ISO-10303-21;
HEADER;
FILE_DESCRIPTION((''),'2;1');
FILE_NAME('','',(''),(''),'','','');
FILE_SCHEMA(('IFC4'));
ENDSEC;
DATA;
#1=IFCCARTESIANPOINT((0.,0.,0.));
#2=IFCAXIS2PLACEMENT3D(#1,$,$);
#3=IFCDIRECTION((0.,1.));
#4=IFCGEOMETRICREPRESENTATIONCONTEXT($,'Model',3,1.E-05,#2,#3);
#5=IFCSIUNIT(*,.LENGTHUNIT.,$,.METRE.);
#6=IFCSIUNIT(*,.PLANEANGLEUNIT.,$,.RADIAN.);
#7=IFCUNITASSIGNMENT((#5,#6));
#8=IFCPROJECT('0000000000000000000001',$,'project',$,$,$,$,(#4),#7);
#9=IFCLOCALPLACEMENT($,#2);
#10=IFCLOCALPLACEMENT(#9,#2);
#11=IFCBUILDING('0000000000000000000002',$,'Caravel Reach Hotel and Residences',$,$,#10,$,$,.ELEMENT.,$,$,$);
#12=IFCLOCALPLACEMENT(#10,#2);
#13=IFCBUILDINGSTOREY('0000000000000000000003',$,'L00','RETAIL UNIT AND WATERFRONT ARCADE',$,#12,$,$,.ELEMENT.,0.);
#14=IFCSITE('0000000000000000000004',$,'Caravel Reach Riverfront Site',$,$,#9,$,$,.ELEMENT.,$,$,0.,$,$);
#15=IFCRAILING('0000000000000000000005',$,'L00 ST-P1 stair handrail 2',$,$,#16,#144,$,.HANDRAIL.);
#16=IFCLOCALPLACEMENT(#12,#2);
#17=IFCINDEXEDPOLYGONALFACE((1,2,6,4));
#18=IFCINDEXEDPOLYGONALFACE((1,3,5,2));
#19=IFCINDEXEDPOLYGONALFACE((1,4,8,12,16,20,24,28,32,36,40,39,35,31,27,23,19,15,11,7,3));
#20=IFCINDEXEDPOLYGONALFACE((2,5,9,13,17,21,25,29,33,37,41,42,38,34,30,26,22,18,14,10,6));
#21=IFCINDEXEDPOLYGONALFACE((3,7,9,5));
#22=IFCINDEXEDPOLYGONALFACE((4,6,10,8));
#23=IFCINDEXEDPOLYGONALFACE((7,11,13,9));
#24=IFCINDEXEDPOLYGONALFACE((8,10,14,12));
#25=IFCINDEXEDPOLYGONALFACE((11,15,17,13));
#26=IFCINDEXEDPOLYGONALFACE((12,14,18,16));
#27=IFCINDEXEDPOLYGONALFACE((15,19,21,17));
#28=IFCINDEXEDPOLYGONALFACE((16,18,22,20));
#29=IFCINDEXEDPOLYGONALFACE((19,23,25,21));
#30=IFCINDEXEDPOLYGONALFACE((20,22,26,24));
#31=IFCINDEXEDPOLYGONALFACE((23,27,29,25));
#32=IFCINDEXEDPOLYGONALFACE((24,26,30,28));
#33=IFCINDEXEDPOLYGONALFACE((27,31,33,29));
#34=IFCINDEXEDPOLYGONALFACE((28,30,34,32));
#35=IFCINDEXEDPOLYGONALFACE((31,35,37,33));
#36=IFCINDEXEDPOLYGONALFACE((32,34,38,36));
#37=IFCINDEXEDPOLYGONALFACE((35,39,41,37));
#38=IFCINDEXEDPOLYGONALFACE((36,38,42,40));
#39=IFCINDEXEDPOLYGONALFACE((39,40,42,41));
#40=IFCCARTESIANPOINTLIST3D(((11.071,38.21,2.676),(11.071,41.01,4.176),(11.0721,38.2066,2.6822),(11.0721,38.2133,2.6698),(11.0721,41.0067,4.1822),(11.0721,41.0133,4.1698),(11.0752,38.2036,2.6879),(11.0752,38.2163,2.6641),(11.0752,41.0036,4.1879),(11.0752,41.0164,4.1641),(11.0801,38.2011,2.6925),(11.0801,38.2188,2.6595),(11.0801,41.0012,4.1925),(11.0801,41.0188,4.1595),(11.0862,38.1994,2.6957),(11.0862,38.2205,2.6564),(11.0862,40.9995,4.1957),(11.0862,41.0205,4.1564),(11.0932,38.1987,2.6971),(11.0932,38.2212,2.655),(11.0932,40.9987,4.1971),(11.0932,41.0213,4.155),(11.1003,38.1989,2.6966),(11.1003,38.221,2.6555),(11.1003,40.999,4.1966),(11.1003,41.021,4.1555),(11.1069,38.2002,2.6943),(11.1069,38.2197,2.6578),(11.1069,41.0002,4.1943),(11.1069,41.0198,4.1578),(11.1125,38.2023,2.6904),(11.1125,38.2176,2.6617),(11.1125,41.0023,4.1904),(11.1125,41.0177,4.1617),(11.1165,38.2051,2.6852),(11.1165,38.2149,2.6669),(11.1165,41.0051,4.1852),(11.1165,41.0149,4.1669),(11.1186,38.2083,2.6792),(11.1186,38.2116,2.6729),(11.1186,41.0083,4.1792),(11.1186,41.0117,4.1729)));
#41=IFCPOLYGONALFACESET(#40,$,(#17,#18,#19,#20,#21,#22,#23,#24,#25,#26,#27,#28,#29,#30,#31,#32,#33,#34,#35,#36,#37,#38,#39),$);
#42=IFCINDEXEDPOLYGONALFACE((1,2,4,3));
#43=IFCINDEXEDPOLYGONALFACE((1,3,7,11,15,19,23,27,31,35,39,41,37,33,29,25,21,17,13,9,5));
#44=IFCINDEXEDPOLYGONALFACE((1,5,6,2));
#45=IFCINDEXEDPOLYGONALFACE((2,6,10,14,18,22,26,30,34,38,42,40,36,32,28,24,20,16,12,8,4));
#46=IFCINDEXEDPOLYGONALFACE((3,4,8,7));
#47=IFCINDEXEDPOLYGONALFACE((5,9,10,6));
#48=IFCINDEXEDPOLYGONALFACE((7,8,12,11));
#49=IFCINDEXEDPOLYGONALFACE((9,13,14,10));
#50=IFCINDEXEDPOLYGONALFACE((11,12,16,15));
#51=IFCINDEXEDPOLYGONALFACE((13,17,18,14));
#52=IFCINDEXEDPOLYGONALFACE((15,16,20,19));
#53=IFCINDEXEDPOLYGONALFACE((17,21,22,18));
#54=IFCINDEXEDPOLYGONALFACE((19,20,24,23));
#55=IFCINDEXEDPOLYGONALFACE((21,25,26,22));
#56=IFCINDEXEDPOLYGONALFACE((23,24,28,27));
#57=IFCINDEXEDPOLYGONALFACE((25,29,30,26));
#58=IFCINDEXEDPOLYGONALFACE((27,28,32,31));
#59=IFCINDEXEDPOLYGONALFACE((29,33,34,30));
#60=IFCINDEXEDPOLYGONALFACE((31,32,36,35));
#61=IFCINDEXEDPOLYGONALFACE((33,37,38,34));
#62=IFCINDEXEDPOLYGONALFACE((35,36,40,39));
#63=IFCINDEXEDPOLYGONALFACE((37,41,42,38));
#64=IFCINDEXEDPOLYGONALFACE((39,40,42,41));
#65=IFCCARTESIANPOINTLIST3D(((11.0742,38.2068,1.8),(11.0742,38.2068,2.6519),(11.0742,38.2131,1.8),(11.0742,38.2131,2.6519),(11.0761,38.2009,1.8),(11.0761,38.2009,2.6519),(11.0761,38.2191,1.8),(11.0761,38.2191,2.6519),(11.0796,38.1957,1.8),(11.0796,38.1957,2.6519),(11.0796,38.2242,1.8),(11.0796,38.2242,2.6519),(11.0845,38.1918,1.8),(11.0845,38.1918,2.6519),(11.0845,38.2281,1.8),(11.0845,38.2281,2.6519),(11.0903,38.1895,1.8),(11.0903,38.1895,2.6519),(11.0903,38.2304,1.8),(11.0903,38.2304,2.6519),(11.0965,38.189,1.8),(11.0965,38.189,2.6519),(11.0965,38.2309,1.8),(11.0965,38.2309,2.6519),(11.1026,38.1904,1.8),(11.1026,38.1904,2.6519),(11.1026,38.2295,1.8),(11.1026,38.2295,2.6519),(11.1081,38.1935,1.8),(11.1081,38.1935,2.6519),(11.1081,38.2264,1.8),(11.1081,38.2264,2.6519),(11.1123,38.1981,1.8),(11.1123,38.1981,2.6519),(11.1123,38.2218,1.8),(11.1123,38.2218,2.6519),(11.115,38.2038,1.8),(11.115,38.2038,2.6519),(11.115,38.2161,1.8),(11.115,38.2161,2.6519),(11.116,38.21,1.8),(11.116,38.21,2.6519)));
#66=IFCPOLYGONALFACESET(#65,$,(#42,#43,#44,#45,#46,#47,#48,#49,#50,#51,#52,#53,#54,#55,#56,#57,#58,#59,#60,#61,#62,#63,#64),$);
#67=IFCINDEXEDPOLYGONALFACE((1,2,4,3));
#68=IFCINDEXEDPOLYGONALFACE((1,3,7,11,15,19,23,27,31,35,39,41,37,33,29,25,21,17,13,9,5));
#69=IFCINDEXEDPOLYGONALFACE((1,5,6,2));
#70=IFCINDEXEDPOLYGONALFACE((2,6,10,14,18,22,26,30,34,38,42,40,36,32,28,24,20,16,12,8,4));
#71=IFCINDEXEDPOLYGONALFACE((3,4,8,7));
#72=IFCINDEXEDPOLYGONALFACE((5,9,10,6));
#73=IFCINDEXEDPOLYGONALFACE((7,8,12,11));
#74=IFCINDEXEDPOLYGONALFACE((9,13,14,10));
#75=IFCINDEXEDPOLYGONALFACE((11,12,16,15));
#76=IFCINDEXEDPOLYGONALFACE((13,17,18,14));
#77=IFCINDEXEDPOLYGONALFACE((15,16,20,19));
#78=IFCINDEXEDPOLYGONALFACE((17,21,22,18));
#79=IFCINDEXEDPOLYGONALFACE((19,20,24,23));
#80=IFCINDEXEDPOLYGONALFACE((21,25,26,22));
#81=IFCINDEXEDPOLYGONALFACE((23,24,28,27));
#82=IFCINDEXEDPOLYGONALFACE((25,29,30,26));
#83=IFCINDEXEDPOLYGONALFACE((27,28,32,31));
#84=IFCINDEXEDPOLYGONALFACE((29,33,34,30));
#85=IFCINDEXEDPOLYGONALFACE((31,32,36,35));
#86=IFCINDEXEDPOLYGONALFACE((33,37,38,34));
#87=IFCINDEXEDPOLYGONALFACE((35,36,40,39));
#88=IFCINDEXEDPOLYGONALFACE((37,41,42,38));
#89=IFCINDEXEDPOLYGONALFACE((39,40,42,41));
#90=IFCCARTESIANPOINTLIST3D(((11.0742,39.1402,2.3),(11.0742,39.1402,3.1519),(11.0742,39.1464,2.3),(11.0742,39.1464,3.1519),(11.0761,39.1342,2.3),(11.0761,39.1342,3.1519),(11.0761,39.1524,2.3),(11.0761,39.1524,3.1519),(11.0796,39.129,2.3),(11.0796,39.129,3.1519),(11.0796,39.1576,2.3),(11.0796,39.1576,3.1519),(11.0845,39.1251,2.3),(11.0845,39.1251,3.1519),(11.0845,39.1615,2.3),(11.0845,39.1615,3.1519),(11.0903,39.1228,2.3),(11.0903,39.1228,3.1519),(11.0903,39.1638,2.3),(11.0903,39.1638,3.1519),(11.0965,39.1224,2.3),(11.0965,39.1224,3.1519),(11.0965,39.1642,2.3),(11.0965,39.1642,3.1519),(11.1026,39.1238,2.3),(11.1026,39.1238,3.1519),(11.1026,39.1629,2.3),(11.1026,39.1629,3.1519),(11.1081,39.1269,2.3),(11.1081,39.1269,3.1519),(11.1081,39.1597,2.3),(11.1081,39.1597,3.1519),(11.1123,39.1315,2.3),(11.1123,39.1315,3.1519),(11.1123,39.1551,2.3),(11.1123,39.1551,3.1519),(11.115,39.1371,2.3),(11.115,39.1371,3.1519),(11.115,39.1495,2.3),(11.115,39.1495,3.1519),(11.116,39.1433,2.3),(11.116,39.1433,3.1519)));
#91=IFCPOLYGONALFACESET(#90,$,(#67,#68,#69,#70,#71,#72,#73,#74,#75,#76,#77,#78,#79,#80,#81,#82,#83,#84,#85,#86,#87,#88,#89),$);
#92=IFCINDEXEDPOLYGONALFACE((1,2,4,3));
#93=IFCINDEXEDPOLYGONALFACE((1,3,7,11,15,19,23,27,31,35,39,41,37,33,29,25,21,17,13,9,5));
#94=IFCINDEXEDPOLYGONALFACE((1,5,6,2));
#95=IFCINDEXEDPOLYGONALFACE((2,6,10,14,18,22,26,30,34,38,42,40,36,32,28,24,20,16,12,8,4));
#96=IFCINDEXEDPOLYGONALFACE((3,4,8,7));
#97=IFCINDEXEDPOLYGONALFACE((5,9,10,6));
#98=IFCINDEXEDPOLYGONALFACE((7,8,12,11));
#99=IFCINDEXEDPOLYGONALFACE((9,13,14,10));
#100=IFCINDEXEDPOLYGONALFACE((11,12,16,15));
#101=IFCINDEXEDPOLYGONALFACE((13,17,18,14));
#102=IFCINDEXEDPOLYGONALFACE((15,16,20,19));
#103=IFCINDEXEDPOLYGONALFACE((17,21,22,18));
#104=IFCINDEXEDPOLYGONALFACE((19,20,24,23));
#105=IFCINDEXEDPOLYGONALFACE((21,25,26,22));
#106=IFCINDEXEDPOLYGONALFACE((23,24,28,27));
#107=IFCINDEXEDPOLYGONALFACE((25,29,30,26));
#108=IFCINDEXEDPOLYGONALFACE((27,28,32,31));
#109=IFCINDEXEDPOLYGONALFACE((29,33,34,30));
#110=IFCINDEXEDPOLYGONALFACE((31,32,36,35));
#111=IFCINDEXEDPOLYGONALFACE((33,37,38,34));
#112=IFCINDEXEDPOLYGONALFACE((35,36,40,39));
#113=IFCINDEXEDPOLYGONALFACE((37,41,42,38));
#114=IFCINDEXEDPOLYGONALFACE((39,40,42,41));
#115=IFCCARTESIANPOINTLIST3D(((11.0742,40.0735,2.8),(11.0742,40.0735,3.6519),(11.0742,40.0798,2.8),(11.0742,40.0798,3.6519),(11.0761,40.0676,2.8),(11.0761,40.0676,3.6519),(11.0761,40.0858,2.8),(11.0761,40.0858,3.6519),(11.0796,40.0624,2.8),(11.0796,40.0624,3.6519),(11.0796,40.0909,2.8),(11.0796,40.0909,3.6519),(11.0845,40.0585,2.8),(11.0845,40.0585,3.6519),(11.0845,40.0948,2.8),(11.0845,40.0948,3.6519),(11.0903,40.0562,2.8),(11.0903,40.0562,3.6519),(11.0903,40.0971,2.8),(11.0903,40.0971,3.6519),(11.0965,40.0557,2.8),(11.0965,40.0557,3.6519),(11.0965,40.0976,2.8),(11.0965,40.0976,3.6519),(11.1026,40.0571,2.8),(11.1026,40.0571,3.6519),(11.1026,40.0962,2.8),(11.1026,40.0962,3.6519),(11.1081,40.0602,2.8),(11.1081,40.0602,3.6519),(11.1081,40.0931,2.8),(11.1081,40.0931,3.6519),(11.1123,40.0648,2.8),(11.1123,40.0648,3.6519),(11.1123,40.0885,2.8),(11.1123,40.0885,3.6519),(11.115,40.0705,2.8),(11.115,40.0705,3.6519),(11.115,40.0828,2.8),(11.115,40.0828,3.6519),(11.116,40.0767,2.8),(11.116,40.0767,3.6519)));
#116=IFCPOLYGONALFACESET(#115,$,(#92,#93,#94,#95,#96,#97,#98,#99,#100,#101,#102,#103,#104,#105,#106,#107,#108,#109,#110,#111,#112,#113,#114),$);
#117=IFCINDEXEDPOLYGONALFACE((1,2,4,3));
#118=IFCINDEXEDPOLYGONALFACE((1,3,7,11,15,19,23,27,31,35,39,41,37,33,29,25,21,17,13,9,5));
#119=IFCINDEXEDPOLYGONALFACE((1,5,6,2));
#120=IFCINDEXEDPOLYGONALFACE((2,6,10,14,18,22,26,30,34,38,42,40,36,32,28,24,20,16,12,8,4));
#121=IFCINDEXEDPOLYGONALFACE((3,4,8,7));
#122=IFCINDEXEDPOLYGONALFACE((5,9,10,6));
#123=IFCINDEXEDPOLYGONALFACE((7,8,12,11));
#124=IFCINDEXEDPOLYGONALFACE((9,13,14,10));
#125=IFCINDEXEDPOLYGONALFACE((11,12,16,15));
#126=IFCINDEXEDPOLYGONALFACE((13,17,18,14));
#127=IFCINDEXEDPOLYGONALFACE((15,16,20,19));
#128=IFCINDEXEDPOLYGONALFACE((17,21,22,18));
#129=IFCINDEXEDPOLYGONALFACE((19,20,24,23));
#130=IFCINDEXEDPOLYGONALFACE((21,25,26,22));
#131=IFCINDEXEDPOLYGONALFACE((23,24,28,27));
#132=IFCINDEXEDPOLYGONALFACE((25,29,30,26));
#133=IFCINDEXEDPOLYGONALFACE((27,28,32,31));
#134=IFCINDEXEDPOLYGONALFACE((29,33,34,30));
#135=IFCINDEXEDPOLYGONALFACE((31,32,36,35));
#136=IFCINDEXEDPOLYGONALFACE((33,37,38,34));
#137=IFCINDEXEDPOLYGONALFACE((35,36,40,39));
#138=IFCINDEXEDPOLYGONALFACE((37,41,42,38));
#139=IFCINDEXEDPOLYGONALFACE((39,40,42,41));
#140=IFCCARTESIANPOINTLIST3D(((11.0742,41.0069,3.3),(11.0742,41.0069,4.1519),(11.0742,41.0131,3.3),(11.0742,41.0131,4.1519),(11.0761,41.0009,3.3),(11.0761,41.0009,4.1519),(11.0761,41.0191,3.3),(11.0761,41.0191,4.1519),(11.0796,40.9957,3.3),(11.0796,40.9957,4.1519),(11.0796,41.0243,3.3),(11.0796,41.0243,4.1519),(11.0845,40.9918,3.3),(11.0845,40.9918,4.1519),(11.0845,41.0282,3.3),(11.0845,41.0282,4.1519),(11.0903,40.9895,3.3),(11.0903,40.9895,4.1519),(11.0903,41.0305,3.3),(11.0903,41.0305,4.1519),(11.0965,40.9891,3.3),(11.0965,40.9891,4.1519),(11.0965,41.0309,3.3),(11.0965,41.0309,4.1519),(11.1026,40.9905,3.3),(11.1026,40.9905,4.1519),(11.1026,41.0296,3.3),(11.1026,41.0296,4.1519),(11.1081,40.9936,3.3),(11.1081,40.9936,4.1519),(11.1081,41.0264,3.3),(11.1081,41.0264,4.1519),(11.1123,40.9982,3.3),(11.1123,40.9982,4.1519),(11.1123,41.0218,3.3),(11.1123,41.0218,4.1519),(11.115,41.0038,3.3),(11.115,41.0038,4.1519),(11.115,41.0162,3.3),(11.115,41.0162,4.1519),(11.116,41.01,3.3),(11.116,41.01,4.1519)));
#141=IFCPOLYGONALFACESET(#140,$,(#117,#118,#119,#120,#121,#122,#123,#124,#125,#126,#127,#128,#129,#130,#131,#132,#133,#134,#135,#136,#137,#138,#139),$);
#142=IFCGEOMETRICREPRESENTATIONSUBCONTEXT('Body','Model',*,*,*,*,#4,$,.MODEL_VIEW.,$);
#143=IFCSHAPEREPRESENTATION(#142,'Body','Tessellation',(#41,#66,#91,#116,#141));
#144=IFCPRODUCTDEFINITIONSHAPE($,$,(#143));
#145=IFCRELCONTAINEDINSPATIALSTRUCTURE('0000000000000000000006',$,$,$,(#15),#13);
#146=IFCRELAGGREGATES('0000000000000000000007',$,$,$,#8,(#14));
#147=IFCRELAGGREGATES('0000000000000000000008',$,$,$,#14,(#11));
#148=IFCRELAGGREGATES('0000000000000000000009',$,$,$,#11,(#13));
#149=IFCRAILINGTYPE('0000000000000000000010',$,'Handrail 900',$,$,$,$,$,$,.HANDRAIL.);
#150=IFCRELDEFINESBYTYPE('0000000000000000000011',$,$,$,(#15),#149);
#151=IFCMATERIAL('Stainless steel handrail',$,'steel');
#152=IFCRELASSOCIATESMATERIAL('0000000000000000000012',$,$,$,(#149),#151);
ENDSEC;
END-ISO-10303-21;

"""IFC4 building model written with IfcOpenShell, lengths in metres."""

from ifc_helpers import new_model, si_unit, direction, frame, origin, origin_2d, place, context, subcontext, project, spatial, circle, extrude, material, type_object, element, save


model = new_model("IFC4")

# Units and contexts
model_context = context("Model", 3, precision=1e-05, world=origin(), true_north=direction((0.0, 1.0)))
body_context = subcontext(model_context, "Body", "Model", "MODEL_VIEW")
ifc_project = project(units=[si_unit("LENGTHUNIT", "METRE"), si_unit("PLANEANGLEUNIT", "RADIAN")], contexts=[model_context])

# Site, building, storey
site_placement = place(None, origin())
site = spatial("IfcSite", under=ifc_project, at=site_placement, Name="Caravel Reach Riverfront Site", CompositionType="ELEMENT", RefElevation=0.0)
building_placement = place(site_placement, origin())
building = spatial("IfcBuilding", under=site, at=building_placement, Name="Caravel Reach Hotel and Residences", CompositionType="ELEMENT")
storey_placement = place(building_placement, origin())
storey = spatial("IfcBuildingStorey", under=building, at=storey_placement, Name="L00", Description="RETAIL UNIT AND WATERFRONT ARCADE", CompositionType="ELEMENT", Elevation=0.0)

# Railing
ifc_material_1 = material(Name="Stainless steel handrail", Category="steel")
railing_type_1 = type_object("IfcRailingType", Name="Handrail 900", PredefinedType="HANDRAIL", material=ifc_material_1)
railing_1_placement = place(storey_placement, frame((11.095, 38.21, 1.8)))
element("IfcRailing", 1, at=railing_1_placement, inside=storey, type_object=railing_type_1, Name="L00 ST-P1 stair handrail 2", PredefinedType="HANDRAIL", context=body_context, shape_type="SweptSolid", body=[
    extrude(circle(Radius=0.0239, at=origin_2d()), frame((0.0, 0.0, 0.876), z_axis=(0.0, 0.881483, 0.472215), x_axis=(-1.0, 0.0, 0.0)), (0.0, 0.0, 1.0), 3.1765),
    extrude(circle(Radius=0.021, at=origin_2d()), origin(), (0.0, 0.0, 1.0), 0.8518),
    extrude(circle(Radius=0.021, at=origin_2d()), frame((0.0, 0.9333, 0.5)), (0.0, 0.0, 1.0), 0.8518),
    extrude(circle(Radius=0.021, at=origin_2d()), frame((0.0, 1.8667, 1.0)), (0.0, 0.0, 1.0), 0.8518),
    extrude(circle(Radius=0.021, at=origin_2d()), frame((0.0, 2.8, 1.5)), (0.0, 0.0, 1.0), 0.8518),
])

save(model, "model.ifc")
